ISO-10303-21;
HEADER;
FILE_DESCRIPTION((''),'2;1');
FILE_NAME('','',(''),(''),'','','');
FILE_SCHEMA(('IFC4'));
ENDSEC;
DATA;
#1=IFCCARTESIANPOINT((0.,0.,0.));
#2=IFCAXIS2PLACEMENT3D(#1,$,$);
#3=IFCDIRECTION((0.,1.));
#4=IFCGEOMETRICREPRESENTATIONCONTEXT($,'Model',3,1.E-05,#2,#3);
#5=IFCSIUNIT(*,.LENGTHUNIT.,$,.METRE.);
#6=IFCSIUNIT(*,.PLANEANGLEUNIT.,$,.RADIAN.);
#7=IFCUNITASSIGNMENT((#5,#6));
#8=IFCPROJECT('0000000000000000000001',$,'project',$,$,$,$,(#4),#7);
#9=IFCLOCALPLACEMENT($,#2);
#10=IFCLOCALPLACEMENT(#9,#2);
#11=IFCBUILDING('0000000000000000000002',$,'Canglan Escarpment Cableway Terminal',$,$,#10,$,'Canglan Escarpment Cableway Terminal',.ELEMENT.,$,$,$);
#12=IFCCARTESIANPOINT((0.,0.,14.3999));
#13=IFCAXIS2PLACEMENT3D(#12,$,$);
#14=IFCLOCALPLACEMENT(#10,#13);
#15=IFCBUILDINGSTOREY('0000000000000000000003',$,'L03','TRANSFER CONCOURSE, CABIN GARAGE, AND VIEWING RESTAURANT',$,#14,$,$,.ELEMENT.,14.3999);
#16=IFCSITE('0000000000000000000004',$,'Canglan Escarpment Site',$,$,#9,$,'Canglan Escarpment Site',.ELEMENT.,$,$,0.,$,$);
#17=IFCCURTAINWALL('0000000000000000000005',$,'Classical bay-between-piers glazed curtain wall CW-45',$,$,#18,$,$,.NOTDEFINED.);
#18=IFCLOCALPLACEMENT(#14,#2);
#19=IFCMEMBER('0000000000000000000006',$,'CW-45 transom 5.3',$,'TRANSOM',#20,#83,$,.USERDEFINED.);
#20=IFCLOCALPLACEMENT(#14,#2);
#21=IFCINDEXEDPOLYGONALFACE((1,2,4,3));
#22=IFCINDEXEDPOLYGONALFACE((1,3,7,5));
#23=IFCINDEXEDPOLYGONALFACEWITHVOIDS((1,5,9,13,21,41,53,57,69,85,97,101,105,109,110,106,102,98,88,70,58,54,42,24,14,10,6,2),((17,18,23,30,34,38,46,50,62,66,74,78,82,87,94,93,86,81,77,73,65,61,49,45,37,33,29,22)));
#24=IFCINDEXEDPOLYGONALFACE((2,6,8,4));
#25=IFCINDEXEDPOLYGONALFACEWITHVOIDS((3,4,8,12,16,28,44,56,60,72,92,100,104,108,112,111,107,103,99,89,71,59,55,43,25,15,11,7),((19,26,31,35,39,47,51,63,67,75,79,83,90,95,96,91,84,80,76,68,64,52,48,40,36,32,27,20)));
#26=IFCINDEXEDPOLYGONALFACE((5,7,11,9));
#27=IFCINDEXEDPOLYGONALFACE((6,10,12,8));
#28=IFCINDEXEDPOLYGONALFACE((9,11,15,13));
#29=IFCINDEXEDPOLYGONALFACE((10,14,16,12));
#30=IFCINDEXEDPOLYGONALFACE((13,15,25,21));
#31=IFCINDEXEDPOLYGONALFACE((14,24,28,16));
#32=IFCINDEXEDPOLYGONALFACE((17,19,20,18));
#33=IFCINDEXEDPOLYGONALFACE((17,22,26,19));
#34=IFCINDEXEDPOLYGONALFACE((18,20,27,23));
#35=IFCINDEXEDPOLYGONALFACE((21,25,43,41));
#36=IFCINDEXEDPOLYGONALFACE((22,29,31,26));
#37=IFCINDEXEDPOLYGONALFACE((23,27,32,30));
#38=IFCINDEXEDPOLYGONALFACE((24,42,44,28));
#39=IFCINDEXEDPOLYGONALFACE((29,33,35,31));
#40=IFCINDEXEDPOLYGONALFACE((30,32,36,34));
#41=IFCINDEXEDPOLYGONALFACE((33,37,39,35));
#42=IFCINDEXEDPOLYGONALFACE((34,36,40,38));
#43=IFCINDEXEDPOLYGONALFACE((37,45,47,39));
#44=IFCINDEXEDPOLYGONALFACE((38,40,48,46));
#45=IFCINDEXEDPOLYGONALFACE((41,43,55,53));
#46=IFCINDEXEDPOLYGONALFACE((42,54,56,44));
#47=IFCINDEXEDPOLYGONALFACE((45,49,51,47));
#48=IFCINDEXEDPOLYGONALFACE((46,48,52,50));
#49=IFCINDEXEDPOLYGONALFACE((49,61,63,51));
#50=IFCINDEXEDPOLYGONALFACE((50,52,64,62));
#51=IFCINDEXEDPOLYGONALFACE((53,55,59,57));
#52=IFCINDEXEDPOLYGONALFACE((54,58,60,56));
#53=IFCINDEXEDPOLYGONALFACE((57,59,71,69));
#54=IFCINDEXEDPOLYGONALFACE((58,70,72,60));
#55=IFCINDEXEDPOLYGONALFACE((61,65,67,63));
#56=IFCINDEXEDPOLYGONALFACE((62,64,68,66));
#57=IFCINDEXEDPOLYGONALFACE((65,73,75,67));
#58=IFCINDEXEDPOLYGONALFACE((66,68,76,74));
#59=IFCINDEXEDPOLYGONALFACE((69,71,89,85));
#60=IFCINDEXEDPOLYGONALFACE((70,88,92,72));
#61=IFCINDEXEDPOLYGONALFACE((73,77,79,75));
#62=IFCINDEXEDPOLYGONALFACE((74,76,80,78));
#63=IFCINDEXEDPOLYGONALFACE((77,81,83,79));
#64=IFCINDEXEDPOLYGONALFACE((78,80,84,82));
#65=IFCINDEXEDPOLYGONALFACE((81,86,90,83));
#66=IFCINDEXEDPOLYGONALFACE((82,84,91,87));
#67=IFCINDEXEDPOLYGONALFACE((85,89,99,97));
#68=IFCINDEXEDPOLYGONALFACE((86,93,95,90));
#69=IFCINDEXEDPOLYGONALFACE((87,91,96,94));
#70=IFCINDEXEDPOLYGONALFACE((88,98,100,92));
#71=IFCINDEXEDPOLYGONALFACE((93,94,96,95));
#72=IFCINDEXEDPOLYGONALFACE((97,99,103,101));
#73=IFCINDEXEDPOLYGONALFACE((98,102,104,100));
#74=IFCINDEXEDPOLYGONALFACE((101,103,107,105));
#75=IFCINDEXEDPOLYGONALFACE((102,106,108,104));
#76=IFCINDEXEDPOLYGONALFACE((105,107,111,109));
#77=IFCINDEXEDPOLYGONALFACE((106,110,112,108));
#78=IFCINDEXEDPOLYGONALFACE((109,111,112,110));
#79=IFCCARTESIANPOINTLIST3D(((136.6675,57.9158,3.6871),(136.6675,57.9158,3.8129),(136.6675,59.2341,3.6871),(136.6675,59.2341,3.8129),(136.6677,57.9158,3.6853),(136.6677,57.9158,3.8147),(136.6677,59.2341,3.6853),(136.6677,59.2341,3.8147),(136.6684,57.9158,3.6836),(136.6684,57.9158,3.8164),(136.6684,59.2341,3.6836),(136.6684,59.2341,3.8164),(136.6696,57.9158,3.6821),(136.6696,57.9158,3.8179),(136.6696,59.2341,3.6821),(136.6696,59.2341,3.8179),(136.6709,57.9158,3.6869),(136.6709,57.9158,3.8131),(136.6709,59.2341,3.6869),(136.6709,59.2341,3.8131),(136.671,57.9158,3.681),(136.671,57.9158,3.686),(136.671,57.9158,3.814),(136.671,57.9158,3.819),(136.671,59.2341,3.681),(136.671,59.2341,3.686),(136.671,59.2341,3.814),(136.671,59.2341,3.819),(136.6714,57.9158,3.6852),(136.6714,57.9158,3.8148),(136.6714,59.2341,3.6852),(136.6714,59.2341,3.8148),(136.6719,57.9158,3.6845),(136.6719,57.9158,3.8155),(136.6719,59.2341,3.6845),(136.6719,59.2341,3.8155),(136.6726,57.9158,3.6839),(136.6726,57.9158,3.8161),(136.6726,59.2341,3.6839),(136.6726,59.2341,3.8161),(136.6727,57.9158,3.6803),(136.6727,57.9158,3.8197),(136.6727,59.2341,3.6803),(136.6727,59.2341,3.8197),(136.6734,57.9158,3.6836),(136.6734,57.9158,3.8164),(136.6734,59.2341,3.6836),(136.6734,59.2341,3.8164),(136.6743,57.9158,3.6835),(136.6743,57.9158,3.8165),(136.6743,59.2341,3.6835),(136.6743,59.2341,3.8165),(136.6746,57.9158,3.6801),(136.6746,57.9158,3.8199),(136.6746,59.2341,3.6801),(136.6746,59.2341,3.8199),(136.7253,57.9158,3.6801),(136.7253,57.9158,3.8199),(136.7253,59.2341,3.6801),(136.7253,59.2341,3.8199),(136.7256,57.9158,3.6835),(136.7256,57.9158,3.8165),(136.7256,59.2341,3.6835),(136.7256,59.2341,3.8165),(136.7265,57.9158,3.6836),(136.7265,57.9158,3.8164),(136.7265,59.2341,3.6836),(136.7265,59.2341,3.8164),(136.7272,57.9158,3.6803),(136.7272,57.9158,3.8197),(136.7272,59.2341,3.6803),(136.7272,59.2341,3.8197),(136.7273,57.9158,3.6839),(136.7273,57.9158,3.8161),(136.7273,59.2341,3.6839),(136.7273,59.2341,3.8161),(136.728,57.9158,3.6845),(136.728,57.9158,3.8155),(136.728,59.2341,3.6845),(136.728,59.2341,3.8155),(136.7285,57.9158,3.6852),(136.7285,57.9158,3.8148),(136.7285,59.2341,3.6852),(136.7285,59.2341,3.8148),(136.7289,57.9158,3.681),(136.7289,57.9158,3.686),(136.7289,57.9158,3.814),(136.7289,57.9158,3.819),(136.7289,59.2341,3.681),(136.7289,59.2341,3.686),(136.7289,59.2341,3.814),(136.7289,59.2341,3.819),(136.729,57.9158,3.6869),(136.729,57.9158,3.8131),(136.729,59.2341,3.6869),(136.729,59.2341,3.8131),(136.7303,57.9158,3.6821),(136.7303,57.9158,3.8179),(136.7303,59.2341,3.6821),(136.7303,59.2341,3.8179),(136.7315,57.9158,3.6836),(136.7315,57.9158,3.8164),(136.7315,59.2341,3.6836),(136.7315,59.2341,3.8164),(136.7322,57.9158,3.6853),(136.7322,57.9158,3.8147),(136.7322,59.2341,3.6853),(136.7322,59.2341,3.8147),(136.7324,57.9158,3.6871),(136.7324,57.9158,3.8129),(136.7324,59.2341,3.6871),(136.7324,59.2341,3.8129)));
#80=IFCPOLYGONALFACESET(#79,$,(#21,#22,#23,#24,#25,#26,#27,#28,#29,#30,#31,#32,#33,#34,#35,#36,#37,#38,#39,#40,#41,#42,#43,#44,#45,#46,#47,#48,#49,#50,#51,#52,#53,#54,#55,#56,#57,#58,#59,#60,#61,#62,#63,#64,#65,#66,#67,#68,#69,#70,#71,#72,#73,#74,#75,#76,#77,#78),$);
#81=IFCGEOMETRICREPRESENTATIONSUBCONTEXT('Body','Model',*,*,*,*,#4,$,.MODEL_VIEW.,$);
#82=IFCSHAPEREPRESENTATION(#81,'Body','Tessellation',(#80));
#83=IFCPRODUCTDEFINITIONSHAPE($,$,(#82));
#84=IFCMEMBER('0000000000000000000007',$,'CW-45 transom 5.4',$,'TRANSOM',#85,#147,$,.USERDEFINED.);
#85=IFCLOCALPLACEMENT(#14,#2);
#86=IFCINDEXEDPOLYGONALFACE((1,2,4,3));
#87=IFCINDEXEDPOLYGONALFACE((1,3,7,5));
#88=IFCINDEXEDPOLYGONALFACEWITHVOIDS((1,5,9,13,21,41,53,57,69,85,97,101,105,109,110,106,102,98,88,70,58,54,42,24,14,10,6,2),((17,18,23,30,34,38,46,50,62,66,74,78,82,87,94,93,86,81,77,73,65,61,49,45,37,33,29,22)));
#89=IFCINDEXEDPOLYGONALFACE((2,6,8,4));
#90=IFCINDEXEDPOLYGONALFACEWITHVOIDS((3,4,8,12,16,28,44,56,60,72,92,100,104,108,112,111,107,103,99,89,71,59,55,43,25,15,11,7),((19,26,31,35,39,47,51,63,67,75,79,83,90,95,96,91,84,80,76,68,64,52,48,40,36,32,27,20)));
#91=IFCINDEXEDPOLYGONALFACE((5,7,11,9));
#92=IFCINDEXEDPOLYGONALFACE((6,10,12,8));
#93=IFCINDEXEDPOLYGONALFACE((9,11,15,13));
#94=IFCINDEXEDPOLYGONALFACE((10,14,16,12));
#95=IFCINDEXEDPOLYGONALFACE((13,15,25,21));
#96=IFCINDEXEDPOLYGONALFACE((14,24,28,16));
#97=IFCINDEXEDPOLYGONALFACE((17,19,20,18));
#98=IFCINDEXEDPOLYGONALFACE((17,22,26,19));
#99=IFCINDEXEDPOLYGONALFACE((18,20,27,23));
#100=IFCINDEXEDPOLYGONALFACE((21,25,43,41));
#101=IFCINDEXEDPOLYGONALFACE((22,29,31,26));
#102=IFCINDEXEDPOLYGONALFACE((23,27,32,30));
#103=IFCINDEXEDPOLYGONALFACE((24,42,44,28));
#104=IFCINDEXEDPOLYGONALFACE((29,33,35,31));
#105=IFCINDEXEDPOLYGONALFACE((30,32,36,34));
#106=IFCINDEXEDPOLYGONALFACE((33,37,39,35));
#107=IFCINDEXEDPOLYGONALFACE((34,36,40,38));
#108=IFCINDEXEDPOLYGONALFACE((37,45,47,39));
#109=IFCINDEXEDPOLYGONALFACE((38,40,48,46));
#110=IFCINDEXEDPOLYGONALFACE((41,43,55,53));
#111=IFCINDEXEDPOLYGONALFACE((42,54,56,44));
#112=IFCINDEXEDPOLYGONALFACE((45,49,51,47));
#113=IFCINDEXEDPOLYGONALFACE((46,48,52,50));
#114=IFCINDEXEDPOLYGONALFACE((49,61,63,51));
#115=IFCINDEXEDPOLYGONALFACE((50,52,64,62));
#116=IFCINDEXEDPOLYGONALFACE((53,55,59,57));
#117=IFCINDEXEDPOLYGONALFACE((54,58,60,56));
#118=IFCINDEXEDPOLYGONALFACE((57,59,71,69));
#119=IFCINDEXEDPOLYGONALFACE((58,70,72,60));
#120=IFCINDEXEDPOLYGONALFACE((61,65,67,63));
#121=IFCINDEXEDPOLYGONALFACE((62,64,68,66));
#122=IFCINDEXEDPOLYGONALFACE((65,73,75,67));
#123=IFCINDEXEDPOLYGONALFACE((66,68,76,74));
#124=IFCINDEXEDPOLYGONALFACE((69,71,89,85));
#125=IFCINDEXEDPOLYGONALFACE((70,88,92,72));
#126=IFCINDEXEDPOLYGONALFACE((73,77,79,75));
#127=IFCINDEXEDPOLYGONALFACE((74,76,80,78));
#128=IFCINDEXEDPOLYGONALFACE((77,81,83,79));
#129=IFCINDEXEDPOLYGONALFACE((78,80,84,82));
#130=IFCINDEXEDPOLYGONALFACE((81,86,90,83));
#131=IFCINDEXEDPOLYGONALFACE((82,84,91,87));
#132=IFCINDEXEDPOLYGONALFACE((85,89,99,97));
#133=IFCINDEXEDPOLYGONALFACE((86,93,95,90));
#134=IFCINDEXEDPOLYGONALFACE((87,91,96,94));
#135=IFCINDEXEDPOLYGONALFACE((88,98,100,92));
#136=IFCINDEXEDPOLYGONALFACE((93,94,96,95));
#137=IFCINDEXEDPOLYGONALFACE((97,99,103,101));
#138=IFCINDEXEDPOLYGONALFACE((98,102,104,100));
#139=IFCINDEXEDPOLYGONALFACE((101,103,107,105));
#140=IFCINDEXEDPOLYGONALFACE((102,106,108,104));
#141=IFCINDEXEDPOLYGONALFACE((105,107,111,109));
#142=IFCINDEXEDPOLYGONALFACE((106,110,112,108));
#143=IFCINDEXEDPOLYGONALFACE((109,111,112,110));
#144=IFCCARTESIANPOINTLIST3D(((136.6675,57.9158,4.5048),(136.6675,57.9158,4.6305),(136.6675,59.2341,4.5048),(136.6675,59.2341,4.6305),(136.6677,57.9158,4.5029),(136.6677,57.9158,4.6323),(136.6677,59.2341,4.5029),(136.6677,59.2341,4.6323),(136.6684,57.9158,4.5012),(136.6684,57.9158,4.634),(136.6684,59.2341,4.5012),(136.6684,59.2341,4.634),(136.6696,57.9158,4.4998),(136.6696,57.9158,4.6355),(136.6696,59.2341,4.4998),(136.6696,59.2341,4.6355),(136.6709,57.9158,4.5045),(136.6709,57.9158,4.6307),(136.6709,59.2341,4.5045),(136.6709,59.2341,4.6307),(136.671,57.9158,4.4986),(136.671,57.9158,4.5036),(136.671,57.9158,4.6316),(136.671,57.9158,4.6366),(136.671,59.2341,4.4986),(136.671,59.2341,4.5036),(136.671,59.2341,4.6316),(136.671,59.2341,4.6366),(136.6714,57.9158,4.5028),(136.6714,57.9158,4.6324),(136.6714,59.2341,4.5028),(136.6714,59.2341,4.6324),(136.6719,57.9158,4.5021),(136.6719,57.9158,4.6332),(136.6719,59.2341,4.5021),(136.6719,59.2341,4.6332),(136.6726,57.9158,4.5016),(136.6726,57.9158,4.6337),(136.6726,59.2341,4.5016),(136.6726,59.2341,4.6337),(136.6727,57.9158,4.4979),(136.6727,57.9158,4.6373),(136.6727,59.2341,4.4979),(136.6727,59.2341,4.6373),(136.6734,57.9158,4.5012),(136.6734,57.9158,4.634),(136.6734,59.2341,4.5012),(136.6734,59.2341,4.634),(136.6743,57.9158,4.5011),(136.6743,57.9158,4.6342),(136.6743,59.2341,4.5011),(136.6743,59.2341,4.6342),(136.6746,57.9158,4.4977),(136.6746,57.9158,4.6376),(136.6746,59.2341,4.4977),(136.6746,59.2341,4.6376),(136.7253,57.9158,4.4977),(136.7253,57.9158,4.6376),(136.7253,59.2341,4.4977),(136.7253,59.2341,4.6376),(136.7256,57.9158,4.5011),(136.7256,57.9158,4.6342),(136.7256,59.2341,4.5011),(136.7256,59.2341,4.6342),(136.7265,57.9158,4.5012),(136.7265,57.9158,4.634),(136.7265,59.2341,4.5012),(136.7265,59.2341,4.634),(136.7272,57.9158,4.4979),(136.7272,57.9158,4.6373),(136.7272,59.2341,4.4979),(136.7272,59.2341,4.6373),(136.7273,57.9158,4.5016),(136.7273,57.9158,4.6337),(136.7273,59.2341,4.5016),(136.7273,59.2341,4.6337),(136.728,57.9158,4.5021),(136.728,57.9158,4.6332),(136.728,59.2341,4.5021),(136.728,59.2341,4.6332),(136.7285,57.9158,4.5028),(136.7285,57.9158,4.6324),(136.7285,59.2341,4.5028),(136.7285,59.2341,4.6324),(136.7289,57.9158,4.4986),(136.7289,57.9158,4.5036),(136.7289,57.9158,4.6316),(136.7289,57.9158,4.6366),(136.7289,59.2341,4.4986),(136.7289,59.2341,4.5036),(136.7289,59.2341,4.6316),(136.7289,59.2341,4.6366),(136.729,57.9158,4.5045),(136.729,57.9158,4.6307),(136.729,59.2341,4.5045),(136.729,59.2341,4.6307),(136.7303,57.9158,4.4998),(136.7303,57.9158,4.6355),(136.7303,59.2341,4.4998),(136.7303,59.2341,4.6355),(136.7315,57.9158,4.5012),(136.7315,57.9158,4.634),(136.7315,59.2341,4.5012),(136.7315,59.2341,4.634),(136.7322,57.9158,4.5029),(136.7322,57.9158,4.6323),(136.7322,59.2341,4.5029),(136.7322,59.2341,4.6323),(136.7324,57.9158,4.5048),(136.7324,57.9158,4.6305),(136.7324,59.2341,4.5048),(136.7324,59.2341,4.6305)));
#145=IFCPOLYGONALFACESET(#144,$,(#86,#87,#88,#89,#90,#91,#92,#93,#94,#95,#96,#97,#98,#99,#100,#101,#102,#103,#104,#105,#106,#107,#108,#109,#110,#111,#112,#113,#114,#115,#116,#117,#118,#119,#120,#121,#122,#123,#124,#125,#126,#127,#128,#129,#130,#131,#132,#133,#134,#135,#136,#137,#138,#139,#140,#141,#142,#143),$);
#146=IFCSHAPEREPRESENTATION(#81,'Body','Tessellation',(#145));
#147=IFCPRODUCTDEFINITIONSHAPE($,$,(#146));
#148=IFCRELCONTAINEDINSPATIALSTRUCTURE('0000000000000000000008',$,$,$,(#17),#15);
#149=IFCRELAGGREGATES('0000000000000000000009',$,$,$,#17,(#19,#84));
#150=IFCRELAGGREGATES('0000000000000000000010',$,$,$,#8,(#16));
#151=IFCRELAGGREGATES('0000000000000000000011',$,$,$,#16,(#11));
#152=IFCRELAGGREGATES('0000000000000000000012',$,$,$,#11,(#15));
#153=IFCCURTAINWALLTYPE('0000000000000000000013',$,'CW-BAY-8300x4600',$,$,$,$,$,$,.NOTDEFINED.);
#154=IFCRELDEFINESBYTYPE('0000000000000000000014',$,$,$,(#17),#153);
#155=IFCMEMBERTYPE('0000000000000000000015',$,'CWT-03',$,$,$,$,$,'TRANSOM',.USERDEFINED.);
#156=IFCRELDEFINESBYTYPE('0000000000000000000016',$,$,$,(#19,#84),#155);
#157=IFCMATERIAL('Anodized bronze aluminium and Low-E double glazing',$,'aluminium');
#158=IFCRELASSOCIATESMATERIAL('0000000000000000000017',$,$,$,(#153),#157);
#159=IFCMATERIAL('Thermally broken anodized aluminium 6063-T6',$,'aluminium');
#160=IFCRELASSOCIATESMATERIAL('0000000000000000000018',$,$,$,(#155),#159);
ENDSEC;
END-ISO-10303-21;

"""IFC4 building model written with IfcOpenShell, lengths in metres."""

from ifc_helpers import new_model, si_unit, direction, frame, origin, origin_2d, place, context, subcontext, project, spatial, hollow_rectangle, extrude, material, material_profile, profile_set, type_object, element, aggregate, save


model = new_model("IFC4")

# Units and contexts
model_context = context("Model", 3, precision=1e-05, world=origin(), true_north=direction((0.0, 1.0)))
body_context = subcontext(model_context, "Body", "Model", "MODEL_VIEW")
ifc_project = project(units=[si_unit("LENGTHUNIT", "METRE"), si_unit("PLANEANGLEUNIT", "RADIAN")], contexts=[model_context])

# Site, building, storey
site_placement = place(None, origin())
site = spatial("IfcSite", under=ifc_project, at=site_placement, Name="Canglan Escarpment Site", LongName="Canglan Escarpment Site", CompositionType="ELEMENT", RefElevation=0.0)
building_placement = place(site_placement, origin())
building = spatial("IfcBuilding", under=site, at=building_placement, Name="Canglan Escarpment Cableway Terminal", LongName="Canglan Escarpment Cableway Terminal", CompositionType="ELEMENT")
storey_placement = place(building_placement, frame((0.0, 0.0, 14.3999)))
storey = spatial("IfcBuildingStorey", under=building, at=storey_placement, Name="L03", Description="TRANSFER CONCOURSE, CABIN GARAGE, AND VIEWING RESTAURANT", CompositionType="ELEMENT", Elevation=14.3999)

# Curtain wall, members
ifc_material_1 = material(Name="Anodized bronze aluminium and Low-E double glazing", Category="aluminium")
curtain_wall_type = type_object("IfcCurtainWallType", Name="CW-BAY-8300x4600", PredefinedType="NOTDEFINED", material=ifc_material_1)
curtain_wall_placement = place(storey_placement, origin())
curtain_wall = element("IfcCurtainWall", 1, at=curtain_wall_placement, inside=storey, type_object=curtain_wall_type, Name="Classical bay-between-piers glazed curtain wall CW-45", PredefinedType="NOTDEFINED")
ifc_material_2 = material(Name="Thermally broken anodized aluminium 6063-T6", Category="aluminium")
ifc_material_profile_1 = material_profile(ifc_material_2, hollow_rectangle(XDim=0.0649, YDim=0.1399, WallThickness=0.0034, InnerFilletRadius=0.0034, OuterFilletRadius=0.0071, at=origin_2d()), Name="ALU-TRAN 65x140x3.5")
ifc_profile_set_1 = profile_set([ifc_material_profile_1], Name="Thermally broken anodized aluminium 6063-T6")
member_type_1 = type_object("IfcMemberType", Name="CWT-03", ElementType="TRANSOM", PredefinedType="USERDEFINED", material=ifc_profile_set_1)
member_1_placement = place(storey_placement, frame((136.7, 57.9158, 3.75), z_axis=(0.0, 1.0, 0.0), x_axis=(-1.0, 0.0, 0.0)))
member_1 = element("IfcMember", 2, at=member_1_placement, type_object=member_type_1, Name="CW-45 transom 5.3", ObjectType="TRANSOM", PredefinedType="USERDEFINED", context=body_context, shape_type="SweptSolid", body=[
    extrude(hollow_rectangle(XDim=0.0649, YDim=0.1399, WallThickness=0.0034, InnerFilletRadius=0.0034, OuterFilletRadius=0.0071, at=origin_2d()), origin(), (0.0, 0.0, 1.0), 1.3184),
])
member_2_placement = place(storey_placement, frame((136.7, 57.9158, 4.5676), z_axis=(0.0, 1.0, 0.0), x_axis=(-1.0, 0.0, 0.0)))
member_2 = element("IfcMember", 3, at=member_2_placement, type_object=member_type_1, Name="CW-45 transom 5.4", ObjectType="TRANSOM", PredefinedType="USERDEFINED", context=body_context, shape_type="SweptSolid", body=[
    extrude(hollow_rectangle(XDim=0.0649, YDim=0.1399, WallThickness=0.0034, InnerFilletRadius=0.0034, OuterFilletRadius=0.0071, at=origin_2d()), origin(), (0.0, 0.0, 1.0), 1.3184),
])
aggregate(curtain_wall, [member_1, member_2])

save(model, "model.ifc")
